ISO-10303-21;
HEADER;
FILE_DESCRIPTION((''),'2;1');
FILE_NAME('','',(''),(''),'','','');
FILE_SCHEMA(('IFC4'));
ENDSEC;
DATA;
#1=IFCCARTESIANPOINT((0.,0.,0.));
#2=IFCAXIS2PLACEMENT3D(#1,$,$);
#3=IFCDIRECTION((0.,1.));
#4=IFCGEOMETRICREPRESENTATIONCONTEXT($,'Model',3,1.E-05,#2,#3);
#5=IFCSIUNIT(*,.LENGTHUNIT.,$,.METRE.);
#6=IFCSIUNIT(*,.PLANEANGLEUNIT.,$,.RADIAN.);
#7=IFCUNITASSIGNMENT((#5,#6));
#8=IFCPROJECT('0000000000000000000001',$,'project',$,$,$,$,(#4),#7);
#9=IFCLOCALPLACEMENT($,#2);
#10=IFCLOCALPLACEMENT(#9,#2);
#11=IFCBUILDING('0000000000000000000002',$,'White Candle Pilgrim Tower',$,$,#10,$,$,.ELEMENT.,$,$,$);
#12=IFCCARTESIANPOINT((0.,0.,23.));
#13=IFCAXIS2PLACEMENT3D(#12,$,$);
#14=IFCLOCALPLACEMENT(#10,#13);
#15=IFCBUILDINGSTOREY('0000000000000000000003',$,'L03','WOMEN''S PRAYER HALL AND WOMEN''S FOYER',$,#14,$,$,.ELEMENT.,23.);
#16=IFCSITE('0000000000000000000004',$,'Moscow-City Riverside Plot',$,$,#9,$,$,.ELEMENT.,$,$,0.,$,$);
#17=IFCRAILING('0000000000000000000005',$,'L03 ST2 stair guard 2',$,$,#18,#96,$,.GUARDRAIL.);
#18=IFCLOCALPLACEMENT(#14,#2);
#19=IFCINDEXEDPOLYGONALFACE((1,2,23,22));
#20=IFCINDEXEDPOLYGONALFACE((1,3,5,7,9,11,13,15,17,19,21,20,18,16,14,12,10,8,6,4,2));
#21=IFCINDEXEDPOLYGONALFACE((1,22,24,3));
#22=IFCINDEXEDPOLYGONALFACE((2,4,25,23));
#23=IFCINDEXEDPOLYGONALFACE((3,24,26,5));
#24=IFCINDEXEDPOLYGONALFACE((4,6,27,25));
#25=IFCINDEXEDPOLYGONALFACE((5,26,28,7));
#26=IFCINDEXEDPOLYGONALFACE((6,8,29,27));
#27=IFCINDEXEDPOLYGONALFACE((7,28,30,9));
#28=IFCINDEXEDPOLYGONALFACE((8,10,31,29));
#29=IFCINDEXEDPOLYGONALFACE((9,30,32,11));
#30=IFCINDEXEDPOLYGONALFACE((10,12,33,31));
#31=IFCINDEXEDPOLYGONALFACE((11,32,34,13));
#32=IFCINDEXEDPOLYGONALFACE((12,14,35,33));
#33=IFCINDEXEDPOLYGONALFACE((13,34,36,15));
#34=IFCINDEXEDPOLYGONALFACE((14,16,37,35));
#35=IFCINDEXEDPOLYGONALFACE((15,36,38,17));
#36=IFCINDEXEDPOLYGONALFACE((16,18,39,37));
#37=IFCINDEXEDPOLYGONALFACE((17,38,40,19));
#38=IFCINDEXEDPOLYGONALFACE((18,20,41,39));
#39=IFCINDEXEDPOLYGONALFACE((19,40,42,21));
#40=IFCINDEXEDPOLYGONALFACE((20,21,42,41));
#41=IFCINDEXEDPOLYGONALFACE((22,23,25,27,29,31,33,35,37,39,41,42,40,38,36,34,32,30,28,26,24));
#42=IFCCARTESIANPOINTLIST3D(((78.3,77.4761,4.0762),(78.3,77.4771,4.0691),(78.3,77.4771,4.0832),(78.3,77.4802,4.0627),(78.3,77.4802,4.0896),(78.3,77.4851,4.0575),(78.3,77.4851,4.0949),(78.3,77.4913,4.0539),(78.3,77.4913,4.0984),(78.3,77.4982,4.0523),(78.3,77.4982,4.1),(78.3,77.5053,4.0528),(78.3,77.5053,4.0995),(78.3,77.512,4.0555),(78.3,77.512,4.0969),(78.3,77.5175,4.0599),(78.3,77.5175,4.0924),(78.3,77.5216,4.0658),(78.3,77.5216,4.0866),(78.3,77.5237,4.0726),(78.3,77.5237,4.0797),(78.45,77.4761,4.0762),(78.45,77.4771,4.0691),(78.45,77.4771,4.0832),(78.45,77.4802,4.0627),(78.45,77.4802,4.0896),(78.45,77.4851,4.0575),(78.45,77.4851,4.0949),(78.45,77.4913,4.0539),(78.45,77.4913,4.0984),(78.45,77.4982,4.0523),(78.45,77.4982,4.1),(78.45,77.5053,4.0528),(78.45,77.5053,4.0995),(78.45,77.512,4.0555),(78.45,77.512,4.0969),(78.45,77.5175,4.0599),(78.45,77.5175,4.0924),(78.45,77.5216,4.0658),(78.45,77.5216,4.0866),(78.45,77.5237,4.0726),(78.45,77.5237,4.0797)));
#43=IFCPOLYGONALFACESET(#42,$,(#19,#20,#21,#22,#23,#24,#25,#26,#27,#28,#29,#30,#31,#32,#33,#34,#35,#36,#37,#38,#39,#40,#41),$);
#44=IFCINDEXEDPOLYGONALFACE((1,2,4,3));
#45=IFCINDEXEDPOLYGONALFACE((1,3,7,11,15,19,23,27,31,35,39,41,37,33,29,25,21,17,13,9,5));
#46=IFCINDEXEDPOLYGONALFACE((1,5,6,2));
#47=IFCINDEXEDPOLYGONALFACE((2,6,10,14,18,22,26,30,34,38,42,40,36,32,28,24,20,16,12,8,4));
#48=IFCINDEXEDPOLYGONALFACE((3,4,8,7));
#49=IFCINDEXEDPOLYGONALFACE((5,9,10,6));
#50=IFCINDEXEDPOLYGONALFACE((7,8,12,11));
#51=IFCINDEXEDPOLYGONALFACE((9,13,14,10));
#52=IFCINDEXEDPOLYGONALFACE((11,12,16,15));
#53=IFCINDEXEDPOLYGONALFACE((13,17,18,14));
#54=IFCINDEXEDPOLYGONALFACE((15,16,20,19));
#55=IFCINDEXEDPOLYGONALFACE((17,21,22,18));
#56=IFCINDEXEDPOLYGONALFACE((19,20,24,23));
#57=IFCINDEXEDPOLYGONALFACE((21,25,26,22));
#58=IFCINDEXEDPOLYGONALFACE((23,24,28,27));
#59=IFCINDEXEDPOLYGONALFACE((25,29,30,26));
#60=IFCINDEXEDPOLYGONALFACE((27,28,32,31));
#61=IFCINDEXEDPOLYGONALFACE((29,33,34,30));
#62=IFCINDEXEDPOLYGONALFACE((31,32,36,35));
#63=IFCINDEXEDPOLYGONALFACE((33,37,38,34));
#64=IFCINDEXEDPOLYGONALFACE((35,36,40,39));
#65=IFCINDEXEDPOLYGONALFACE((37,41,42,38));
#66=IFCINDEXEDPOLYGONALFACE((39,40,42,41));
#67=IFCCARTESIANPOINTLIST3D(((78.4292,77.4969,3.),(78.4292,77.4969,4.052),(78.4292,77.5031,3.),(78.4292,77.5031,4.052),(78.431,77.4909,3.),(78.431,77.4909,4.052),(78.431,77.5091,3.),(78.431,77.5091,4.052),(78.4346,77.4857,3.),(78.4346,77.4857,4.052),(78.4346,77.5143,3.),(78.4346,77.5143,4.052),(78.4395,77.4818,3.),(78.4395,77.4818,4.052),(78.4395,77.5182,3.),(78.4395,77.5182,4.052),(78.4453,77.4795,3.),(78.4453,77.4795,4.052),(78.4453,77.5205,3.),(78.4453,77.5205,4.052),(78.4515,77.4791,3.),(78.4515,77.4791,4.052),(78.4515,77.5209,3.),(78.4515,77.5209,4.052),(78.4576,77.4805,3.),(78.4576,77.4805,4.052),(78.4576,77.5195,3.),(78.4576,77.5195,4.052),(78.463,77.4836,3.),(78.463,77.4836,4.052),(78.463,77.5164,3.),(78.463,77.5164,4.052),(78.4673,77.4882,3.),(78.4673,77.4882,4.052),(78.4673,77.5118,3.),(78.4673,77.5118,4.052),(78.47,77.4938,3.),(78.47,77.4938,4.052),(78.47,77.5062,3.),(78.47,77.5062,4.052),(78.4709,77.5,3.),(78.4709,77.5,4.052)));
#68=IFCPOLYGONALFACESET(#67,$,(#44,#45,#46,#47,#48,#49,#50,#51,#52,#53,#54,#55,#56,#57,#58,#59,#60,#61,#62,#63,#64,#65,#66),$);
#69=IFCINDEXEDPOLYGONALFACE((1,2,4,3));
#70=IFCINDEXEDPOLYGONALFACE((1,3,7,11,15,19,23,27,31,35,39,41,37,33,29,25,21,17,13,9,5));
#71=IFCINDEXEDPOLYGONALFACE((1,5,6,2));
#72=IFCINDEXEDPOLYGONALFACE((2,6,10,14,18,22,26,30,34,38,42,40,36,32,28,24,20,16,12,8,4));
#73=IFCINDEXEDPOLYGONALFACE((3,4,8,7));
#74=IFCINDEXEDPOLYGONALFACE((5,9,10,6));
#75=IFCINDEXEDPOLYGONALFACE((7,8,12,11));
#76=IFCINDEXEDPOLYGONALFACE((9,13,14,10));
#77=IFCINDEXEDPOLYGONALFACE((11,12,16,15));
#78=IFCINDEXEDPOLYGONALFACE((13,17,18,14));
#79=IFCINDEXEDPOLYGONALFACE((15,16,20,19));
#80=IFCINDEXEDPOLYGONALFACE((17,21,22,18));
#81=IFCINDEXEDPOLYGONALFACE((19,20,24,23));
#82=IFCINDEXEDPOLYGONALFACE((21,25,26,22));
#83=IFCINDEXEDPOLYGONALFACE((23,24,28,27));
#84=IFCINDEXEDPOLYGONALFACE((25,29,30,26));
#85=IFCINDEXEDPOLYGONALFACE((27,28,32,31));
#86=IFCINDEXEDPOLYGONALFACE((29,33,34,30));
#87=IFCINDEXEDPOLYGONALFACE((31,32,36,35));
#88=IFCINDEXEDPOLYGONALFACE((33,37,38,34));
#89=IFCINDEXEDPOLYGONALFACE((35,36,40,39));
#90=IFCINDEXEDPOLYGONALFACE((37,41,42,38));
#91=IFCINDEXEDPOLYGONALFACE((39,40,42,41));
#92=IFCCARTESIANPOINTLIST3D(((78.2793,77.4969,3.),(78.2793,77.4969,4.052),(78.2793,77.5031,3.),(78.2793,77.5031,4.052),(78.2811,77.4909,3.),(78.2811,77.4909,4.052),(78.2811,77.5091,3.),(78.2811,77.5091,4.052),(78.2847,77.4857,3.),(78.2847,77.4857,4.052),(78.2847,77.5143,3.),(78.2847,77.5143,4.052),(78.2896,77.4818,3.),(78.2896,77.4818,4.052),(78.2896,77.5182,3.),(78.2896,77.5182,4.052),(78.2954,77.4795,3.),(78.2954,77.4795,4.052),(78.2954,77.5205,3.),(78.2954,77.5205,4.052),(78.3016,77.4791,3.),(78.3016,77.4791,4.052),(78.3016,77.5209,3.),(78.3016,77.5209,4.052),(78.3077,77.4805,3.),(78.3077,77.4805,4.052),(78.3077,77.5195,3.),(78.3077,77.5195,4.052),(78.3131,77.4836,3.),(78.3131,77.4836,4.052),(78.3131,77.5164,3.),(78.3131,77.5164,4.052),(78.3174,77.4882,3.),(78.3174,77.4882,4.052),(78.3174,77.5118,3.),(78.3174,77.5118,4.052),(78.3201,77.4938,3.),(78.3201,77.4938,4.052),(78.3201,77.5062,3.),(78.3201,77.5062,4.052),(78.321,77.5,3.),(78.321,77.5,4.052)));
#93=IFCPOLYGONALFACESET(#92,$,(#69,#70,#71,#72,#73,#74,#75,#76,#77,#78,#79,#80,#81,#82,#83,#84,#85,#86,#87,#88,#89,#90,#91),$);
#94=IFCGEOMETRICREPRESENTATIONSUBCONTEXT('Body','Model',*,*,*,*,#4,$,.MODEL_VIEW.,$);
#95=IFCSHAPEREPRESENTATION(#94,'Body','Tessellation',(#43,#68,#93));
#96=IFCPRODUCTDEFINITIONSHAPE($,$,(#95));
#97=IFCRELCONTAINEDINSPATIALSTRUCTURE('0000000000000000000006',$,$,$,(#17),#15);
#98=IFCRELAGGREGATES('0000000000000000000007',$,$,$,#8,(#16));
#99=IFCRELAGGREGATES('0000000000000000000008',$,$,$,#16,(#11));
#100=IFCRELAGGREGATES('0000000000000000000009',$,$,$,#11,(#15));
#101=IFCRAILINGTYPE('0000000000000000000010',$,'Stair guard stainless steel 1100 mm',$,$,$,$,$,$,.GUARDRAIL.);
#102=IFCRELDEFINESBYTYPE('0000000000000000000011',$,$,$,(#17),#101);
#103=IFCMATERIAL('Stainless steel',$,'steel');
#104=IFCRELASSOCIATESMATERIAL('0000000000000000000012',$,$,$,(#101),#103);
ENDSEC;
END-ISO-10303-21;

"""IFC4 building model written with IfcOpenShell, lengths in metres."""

from ifc_helpers import new_model, si_unit, direction, frame, origin, origin_2d, place, context, subcontext, project, spatial, circle, extrude, material, type_object, element, save


model = new_model("IFC4")

# Units and contexts
model_context = context("Model", 3, precision=1e-05, world=origin(), true_north=direction((0.0, 1.0)))
body_context = subcontext(model_context, "Body", "Model", "MODEL_VIEW")
ifc_project = project(units=[si_unit("LENGTHUNIT", "METRE"), si_unit("PLANEANGLEUNIT", "RADIAN")], contexts=[model_context])

# Site, building, storey
site_placement = place(None, origin())
site = spatial("IfcSite", under=ifc_project, at=site_placement, Name="Moscow-City Riverside Plot", CompositionType="ELEMENT", RefElevation=0.0)
building_placement = place(site_placement, origin())
building = spatial("IfcBuilding", under=site, at=building_placement, Name="White Candle Pilgrim Tower", CompositionType="ELEMENT")
storey_placement = place(building_placement, frame((0.0, 0.0, 23.0)))
storey = spatial("IfcBuildingStorey", under=building, at=storey_placement, Name="L03", Description="WOMEN'S PRAYER HALL AND WOMEN'S FOYER", CompositionType="ELEMENT", Elevation=23.0)

# Railing
ifc_material_1 = material(Name="Stainless steel", Category="steel")
railing_type_1 = type_object("IfcRailingType", Name="Stair guard stainless steel 1100 mm", PredefinedType="GUARDRAIL", material=ifc_material_1)
railing_1_placement = place(storey_placement, frame((78.45, 77.5, 3.0)))
element("IfcRailing", 1, at=railing_1_placement, inside=storey, type_object=railing_type_1, Name="L03 ST2 stair guard 2", PredefinedType="GUARDRAIL", context=body_context, shape_type="SweptSolid", body=[
    extrude(circle(Radius=0.0239, at=origin_2d()), frame((0.0, 0.0, 1.0762), z_axis=(-1.0, 0.0, 0.0), x_axis=(0.0, -1.0, 0.0)), (0.0, 0.0, 1.0), 0.1499),
    extrude(circle(Radius=0.021, at=origin_2d()), origin(), (0.0, 0.0, 1.0), 1.052),
    extrude(circle(Radius=0.021, at=origin_2d()), frame((-0.1499, 0.0, 0.0)), (0.0, 0.0, 1.0), 1.052),
])

save(model, "model.ifc")
